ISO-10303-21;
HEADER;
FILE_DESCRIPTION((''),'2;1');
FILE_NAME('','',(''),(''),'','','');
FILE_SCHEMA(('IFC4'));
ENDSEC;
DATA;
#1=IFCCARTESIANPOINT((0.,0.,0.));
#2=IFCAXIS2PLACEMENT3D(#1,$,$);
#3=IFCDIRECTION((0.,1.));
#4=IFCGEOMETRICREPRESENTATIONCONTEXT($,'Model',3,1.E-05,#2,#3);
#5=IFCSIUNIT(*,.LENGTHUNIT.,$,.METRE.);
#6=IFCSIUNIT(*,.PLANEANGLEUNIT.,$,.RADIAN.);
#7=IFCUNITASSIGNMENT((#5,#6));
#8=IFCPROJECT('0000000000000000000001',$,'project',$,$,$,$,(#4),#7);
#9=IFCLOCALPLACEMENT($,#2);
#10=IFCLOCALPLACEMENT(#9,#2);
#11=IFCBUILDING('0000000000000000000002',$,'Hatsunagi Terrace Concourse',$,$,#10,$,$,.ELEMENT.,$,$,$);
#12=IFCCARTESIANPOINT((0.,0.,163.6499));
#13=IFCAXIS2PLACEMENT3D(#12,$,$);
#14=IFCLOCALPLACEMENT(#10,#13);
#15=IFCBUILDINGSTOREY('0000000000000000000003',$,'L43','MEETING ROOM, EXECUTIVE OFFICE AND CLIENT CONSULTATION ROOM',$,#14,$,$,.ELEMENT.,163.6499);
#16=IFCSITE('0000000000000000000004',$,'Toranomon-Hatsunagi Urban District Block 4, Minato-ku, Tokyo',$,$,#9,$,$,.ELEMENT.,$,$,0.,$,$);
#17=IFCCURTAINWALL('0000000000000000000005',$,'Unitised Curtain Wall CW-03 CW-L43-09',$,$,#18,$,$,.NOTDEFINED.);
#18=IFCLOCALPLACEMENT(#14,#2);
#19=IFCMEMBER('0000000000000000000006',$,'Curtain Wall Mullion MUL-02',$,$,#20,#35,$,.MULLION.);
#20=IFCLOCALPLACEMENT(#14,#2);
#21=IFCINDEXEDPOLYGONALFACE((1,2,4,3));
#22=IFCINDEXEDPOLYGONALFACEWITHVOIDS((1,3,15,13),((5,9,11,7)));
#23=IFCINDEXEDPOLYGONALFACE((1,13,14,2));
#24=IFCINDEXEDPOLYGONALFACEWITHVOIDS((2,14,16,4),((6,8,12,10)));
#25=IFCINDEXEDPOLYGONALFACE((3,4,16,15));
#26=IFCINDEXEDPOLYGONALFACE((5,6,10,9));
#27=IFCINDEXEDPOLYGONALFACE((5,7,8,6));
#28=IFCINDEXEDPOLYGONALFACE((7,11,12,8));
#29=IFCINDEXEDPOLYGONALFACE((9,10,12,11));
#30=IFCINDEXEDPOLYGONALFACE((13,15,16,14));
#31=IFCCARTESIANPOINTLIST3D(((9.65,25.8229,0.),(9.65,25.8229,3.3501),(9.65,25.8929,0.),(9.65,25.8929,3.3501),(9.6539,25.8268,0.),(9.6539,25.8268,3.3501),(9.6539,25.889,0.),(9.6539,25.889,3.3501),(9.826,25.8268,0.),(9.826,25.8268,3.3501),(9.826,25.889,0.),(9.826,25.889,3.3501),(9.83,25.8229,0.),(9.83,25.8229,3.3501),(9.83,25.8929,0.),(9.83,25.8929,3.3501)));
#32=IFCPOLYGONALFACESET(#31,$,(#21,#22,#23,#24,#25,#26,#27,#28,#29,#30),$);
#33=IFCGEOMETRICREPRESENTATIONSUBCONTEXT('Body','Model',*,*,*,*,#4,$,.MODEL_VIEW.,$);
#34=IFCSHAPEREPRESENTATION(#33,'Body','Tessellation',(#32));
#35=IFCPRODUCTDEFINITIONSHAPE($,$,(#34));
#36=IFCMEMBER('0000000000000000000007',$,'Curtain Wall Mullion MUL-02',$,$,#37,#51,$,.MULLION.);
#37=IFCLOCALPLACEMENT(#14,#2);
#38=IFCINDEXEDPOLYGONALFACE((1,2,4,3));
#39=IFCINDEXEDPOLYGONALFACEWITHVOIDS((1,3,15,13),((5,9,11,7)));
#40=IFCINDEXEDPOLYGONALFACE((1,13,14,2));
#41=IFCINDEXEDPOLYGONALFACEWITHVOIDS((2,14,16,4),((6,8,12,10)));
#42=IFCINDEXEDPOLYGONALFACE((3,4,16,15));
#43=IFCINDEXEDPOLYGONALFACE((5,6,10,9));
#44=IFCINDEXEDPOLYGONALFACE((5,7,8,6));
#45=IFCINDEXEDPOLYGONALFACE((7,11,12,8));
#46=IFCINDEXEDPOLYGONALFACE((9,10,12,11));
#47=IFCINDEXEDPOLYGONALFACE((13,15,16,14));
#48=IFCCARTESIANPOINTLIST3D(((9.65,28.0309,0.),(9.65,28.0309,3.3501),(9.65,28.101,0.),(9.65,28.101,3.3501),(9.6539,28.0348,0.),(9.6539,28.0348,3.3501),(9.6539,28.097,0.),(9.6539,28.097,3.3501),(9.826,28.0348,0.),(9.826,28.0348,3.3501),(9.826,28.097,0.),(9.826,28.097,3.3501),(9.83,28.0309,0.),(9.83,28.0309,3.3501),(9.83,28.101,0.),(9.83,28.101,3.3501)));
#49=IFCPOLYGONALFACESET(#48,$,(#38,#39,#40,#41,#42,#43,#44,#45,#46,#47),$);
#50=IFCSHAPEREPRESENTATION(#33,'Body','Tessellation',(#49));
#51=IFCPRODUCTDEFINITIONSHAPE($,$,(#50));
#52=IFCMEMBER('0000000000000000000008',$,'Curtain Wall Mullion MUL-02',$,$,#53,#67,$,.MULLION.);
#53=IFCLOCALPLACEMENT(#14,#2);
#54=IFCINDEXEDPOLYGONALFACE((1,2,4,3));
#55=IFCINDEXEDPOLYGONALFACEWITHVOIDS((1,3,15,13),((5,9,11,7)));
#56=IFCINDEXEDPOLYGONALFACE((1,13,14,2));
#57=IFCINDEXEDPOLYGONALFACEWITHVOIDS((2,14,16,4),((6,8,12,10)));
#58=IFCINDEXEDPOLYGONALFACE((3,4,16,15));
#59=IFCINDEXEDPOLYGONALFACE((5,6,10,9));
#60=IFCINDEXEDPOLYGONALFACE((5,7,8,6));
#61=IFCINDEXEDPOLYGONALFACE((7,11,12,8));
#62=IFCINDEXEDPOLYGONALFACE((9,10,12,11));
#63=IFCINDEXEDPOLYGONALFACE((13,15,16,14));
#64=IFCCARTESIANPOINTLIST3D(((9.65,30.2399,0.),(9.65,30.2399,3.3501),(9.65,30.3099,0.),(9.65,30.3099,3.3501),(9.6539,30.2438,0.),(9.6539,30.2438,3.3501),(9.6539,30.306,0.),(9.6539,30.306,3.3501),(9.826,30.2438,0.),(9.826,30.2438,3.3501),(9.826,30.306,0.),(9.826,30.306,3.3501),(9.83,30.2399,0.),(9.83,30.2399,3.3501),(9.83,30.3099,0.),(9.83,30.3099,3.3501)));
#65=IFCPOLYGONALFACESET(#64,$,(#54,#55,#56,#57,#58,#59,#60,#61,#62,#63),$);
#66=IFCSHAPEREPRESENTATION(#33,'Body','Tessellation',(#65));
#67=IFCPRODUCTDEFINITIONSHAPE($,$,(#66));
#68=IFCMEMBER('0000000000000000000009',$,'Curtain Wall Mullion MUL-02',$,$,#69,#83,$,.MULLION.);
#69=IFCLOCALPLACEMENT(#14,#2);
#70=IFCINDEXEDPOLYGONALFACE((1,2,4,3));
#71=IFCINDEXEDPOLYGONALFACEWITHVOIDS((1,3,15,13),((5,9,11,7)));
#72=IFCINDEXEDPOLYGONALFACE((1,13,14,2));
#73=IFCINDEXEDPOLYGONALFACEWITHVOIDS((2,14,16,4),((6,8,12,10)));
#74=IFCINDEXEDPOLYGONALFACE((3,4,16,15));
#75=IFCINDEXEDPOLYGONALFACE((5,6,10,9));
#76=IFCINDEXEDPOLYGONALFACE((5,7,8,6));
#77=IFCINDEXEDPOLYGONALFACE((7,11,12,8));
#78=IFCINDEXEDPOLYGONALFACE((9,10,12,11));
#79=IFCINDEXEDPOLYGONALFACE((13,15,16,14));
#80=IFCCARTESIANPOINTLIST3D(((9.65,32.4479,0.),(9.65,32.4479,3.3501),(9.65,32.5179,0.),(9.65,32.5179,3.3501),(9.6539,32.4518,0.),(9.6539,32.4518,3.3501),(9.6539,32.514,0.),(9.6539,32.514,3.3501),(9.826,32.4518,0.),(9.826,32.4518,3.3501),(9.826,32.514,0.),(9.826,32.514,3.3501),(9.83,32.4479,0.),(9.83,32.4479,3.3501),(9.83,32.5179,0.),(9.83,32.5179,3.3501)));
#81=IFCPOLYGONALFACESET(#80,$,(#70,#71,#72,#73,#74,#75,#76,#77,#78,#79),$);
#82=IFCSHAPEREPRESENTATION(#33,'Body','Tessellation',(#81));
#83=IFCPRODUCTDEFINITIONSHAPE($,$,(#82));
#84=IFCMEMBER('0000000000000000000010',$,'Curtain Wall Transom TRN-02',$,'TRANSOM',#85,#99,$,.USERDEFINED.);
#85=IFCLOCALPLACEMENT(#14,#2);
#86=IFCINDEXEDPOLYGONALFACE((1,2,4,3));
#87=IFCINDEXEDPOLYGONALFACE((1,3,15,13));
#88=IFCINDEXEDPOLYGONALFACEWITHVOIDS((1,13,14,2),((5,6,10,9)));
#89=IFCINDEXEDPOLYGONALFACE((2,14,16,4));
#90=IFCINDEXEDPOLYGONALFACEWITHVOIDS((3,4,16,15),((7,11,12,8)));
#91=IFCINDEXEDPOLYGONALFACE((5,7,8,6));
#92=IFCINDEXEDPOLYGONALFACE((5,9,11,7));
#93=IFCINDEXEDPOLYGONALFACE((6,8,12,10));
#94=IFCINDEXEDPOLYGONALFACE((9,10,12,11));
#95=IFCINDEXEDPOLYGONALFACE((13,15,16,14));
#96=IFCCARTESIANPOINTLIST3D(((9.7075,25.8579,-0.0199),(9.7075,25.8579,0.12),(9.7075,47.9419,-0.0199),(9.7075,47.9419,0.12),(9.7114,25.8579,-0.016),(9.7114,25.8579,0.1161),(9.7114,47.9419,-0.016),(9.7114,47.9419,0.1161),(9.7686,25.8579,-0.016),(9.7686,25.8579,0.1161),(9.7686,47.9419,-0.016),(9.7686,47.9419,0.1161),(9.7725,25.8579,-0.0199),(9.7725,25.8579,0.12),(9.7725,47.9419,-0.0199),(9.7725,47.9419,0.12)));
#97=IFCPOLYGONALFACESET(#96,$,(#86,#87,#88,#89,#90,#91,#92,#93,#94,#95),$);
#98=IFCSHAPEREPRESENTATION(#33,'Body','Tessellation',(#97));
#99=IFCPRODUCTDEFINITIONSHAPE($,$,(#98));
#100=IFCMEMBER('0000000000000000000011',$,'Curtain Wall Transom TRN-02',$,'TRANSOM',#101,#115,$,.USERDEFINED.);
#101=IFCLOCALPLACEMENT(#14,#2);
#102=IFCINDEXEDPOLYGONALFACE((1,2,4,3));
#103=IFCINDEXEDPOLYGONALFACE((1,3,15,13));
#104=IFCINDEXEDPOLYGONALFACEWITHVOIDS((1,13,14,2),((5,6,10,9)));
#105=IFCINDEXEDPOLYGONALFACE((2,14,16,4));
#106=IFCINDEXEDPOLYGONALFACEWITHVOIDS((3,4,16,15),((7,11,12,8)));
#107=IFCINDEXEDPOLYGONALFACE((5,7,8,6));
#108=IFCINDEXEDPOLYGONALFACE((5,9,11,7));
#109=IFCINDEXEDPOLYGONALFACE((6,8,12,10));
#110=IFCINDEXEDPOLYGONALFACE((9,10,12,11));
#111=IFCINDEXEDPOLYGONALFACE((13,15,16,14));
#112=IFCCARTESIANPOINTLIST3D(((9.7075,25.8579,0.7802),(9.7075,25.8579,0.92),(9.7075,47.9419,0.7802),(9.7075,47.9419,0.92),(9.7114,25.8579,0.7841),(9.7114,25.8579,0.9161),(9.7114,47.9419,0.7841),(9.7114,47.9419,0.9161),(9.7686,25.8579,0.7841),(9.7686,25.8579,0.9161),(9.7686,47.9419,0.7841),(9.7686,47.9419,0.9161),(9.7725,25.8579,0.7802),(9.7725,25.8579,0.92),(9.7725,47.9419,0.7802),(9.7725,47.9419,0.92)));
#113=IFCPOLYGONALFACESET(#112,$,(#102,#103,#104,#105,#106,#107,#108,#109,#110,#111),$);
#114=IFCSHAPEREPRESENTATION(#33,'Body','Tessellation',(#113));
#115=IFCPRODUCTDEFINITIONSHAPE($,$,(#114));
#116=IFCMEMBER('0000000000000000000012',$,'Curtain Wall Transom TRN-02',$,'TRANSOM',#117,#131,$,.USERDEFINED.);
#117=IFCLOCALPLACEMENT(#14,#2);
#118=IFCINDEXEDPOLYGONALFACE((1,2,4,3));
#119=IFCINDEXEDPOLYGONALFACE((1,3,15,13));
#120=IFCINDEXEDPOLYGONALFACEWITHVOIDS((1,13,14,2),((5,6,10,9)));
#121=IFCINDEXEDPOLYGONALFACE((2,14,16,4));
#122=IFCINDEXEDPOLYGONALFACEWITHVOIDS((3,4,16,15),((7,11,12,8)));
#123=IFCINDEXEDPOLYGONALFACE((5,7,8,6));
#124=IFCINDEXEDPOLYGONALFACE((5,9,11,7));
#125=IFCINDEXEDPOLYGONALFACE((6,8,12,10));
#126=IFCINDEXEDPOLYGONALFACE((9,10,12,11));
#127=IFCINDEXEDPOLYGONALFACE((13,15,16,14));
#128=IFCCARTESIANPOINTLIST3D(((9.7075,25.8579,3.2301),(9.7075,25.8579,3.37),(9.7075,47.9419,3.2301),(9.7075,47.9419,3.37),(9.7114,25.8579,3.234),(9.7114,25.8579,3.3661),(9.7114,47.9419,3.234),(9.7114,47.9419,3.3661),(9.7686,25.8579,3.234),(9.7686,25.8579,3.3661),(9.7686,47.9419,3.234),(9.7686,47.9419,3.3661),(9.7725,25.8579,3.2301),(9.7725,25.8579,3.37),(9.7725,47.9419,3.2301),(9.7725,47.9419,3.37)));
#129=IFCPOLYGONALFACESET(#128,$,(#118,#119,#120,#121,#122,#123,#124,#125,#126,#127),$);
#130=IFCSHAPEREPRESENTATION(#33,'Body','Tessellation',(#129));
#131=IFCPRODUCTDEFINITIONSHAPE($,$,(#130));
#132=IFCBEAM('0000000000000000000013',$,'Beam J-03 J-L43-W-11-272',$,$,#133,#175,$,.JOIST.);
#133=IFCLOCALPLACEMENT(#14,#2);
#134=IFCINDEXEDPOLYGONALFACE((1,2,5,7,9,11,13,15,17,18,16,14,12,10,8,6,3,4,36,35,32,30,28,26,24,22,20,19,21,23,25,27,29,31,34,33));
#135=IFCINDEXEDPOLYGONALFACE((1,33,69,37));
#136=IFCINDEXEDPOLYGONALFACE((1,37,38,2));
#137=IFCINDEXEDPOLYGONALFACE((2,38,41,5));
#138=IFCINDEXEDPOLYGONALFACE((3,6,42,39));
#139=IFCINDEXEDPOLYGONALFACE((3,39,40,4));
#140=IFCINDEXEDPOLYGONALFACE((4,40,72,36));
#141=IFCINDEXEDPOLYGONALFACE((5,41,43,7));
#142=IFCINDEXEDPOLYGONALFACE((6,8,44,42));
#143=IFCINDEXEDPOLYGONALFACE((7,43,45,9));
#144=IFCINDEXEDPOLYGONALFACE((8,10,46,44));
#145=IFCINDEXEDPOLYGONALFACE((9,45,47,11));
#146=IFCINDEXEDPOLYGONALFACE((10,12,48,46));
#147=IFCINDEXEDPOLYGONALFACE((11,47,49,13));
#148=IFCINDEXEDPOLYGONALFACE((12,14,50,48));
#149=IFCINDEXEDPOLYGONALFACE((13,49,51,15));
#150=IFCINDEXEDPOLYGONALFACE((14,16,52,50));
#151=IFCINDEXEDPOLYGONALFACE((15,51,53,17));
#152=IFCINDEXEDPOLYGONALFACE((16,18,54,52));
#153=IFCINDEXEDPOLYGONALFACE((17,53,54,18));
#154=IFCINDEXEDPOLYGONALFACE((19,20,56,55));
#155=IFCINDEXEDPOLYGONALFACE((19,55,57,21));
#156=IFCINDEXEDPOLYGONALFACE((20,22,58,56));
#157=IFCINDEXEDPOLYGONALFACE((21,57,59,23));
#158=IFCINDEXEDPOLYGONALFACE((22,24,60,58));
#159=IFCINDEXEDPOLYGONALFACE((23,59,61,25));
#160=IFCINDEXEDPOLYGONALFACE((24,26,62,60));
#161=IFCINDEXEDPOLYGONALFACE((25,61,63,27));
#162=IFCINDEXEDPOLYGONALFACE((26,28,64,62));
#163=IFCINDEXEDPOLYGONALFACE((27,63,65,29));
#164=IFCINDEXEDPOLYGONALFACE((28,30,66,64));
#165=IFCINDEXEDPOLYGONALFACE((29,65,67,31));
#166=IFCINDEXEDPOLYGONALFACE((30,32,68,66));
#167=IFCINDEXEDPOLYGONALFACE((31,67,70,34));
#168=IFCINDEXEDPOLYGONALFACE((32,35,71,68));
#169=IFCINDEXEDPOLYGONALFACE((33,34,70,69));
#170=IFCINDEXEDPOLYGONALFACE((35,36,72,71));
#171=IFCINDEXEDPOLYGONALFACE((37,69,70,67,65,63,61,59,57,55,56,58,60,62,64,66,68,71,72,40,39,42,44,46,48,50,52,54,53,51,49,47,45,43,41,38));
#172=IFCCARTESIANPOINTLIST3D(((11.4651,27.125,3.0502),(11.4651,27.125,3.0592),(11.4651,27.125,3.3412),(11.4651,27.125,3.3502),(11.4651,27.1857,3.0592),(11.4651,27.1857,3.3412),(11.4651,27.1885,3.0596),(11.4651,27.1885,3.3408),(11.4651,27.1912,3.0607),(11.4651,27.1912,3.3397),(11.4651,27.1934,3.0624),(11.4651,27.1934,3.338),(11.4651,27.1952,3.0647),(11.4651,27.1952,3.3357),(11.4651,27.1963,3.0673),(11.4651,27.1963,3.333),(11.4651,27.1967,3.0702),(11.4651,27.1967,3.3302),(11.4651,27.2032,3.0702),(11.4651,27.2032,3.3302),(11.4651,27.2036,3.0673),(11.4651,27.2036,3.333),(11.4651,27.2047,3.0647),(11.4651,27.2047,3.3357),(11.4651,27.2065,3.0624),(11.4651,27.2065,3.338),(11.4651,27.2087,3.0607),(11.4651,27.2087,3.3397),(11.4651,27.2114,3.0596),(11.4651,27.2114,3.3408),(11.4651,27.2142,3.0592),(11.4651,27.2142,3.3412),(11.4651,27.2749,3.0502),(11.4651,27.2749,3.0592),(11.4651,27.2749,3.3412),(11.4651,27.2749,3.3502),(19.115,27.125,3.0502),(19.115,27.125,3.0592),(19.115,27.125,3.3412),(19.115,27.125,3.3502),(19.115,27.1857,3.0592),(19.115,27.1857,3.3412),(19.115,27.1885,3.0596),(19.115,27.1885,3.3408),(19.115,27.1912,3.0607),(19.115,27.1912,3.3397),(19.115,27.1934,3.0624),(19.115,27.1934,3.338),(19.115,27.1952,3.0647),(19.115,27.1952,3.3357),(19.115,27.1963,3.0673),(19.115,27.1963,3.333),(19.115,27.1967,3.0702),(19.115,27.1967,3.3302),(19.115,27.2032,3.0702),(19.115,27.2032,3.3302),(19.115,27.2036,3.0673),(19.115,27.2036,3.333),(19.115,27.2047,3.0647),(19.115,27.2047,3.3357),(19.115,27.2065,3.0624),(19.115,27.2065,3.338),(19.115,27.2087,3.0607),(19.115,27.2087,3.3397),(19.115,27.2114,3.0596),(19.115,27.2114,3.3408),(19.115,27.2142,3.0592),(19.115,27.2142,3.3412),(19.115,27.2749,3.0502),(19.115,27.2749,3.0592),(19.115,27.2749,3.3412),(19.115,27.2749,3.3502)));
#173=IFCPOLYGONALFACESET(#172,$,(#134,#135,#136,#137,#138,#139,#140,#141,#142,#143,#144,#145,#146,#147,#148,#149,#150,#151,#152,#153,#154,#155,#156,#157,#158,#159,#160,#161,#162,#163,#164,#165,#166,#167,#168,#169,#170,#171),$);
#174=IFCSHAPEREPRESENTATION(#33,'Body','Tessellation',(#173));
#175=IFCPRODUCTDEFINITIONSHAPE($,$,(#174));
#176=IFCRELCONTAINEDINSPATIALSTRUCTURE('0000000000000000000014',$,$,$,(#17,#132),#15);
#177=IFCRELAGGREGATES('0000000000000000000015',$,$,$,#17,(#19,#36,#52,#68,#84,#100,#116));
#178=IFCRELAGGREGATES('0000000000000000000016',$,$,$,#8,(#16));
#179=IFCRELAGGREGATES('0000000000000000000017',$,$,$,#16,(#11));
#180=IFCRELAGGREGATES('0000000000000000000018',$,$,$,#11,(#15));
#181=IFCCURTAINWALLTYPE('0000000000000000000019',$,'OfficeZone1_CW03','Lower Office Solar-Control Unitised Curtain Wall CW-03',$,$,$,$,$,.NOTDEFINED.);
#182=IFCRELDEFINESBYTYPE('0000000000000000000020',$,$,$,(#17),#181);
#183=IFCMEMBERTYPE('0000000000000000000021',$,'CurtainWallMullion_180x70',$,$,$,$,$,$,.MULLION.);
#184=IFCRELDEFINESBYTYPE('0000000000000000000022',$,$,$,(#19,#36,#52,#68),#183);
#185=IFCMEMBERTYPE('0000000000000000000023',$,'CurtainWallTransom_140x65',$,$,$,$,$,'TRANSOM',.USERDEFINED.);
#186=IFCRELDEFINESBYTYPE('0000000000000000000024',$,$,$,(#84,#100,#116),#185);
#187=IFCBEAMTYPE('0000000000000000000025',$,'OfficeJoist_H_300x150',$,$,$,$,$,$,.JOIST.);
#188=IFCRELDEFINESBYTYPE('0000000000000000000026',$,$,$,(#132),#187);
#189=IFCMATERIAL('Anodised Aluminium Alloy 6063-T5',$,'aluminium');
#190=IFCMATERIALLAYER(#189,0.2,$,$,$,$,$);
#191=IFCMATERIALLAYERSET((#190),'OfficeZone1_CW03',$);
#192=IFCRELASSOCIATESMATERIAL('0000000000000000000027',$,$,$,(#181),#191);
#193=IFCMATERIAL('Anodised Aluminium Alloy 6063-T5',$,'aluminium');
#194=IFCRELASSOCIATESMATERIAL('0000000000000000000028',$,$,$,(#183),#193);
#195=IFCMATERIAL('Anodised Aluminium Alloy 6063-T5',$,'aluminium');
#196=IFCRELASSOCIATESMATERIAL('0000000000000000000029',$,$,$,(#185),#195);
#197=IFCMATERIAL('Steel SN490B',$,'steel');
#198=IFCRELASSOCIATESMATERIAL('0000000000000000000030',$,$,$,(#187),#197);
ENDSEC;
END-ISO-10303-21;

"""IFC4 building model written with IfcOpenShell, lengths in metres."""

from ifc_helpers import new_model, si_unit, direction, frame, origin, origin_2d, place, context, subcontext, project, spatial, hollow_rectangle, i_section, extrude, material, layer, layer_set, material_profile, profile_set, type_object, element, aggregate, save


model = new_model("IFC4")

# Units and contexts
model_context = context("Model", 3, precision=1e-05, world=origin(), true_north=direction((0.0, 1.0)))
body_context = subcontext(model_context, "Body", "Model", "MODEL_VIEW")
ifc_project = project(units=[si_unit("LENGTHUNIT", "METRE"), si_unit("PLANEANGLEUNIT", "RADIAN")], contexts=[model_context])

# Site, building, storey
site_placement = place(None, origin())
site = spatial("IfcSite", under=ifc_project, at=site_placement, Name="Toranomon-Hatsunagi Urban District Block 4, Minato-ku, Tokyo", CompositionType="ELEMENT", RefElevation=0.0)
building_placement = place(site_placement, origin())
building = spatial("IfcBuilding", under=site, at=building_placement, Name="Hatsunagi Terrace Concourse", CompositionType="ELEMENT")
storey_placement = place(building_placement, frame((0.0, 0.0, 163.6499)))
storey = spatial("IfcBuildingStorey", under=building, at=storey_placement, Name="L43", Description="MEETING ROOM, EXECUTIVE OFFICE AND CLIENT CONSULTATION ROOM", CompositionType="ELEMENT", Elevation=163.6499)

# Curtain wall, members
ifc_material_1 = material(Name="Anodised Aluminium Alloy 6063-T5", Category="aluminium")
ifc_layer_1 = layer(ifc_material_1, 0.2)
ifc_layer_set_1 = layer_set([ifc_layer_1], Name="OfficeZone1_CW03")
curtain_wall_type = type_object("IfcCurtainWallType", Name="OfficeZone1_CW03", Description="Lower Office Solar-Control Unitised Curtain Wall CW-03", PredefinedType="NOTDEFINED", material=ifc_layer_set_1)
curtain_wall_placement = place(storey_placement, origin())
curtain_wall = element("IfcCurtainWall", 1, at=curtain_wall_placement, inside=storey, type_object=curtain_wall_type, Name="Unitised Curtain Wall CW-03 CW-L43-09", PredefinedType="NOTDEFINED")
ifc_material_2 = material(Name="Anodised Aluminium Alloy 6063-T5", Category="aluminium")
ifc_material_profile_1 = material_profile(ifc_material_2, hollow_rectangle(XDim=0.0701, YDim=0.1799, WallThickness=0.0039, at=origin_2d()), Name="ALU-MUL-180x70x4")
ifc_profile_set_1 = profile_set([ifc_material_profile_1], Name="Anodised Aluminium Alloy 6063-T5")
member_type_1 = type_object("IfcMemberType", Name="CurtainWallMullion_180x70", PredefinedType="MULLION", material=ifc_profile_set_1)
member_1_placement = place(storey_placement, frame((9.74, 25.8579, 0.0), z_axis=(0.0, 0.0, 1.0), x_axis=(0.0, 1.0, 0.0)))
member_1 = element("IfcMember", 2, at=member_1_placement, type_object=member_type_1, Name="Curtain Wall Mullion MUL-02", PredefinedType="MULLION", context=body_context, shape_type="SweptSolid", body=[
    extrude(hollow_rectangle(XDim=0.0701, YDim=0.1799, WallThickness=0.0039, at=origin_2d()), origin(), (0.0, 0.0, 1.0), 3.3501),
])
member_2_placement = place(storey_placement, frame((9.74, 28.0659, 0.0), z_axis=(0.0, 0.0, 1.0), x_axis=(0.0, 1.0, 0.0)))
member_2 = element("IfcMember", 3, at=member_2_placement, type_object=member_type_1, Name="Curtain Wall Mullion MUL-02", PredefinedType="MULLION", context=body_context, shape_type="SweptSolid", body=[
    extrude(hollow_rectangle(XDim=0.0701, YDim=0.1799, WallThickness=0.0039, at=origin_2d()), origin(), (0.0, 0.0, 1.0), 3.3501),
])
member_3_placement = place(storey_placement, frame((9.74, 30.2749, 0.0), z_axis=(0.0, 0.0, 1.0), x_axis=(0.0, 1.0, 0.0)))
member_3 = element("IfcMember", 4, at=member_3_placement, type_object=member_type_1, Name="Curtain Wall Mullion MUL-02", PredefinedType="MULLION", context=body_context, shape_type="SweptSolid", body=[
    extrude(hollow_rectangle(XDim=0.0701, YDim=0.1799, WallThickness=0.0039, at=origin_2d()), origin(), (0.0, 0.0, 1.0), 3.3501),
])
member_4_placement = place(storey_placement, frame((9.74, 32.4829, 0.0), z_axis=(0.0, 0.0, 1.0), x_axis=(0.0, 1.0, 0.0)))
member_4 = element("IfcMember", 5, at=member_4_placement, type_object=member_type_1, Name="Curtain Wall Mullion MUL-02", PredefinedType="MULLION", context=body_context, shape_type="SweptSolid", body=[
    extrude(hollow_rectangle(XDim=0.0701, YDim=0.1799, WallThickness=0.0039, at=origin_2d()), origin(), (0.0, 0.0, 1.0), 3.3501),
])
ifc_material_3 = material(Name="Anodised Aluminium Alloy 6063-T5", Category="aluminium")
ifc_material_profile_2 = material_profile(ifc_material_3, hollow_rectangle(XDim=0.0649, YDim=0.1399, WallThickness=0.0039, at=origin_2d()), Name="ALU-TRN-140x65x4")
ifc_profile_set_2 = profile_set([ifc_material_profile_2], Name="Anodised Aluminium Alloy 6063-T5")
member_type_2 = type_object("IfcMemberType", Name="CurtainWallTransom_140x65", ElementType="TRANSOM", PredefinedType="USERDEFINED", material=ifc_profile_set_2)
member_5_placement = place(storey_placement, frame((9.74, 25.8579, 0.05), z_axis=(0.0, 1.0, 0.0), x_axis=(-1.0, 0.0, 0.0)))
member_5 = element("IfcMember", 6, at=member_5_placement, type_object=member_type_2, Name="Curtain Wall Transom TRN-02", ObjectType="TRANSOM", PredefinedType="USERDEFINED", context=body_context, shape_type="SweptSolid", body=[
    extrude(hollow_rectangle(XDim=0.0649, YDim=0.1399, WallThickness=0.0039, at=origin_2d()), origin(), (0.0, 0.0, 1.0), 22.084),
])
member_6_placement = place(storey_placement, frame((9.74, 25.8579, 0.8501), z_axis=(0.0, 1.0, 0.0), x_axis=(-1.0, 0.0, 0.0)))
member_6 = element("IfcMember", 7, at=member_6_placement, type_object=member_type_2, Name="Curtain Wall Transom TRN-02", ObjectType="TRANSOM", PredefinedType="USERDEFINED", context=body_context, shape_type="SweptSolid", body=[
    extrude(hollow_rectangle(XDim=0.0649, YDim=0.1399, WallThickness=0.0039, at=origin_2d()), origin(), (0.0, 0.0, 1.0), 22.084),
])
member_7_placement = place(storey_placement, frame((9.74, 25.8579, 3.3), z_axis=(0.0, 1.0, 0.0), x_axis=(-1.0, 0.0, 0.0)))
member_7 = element("IfcMember", 8, at=member_7_placement, type_object=member_type_2, Name="Curtain Wall Transom TRN-02", ObjectType="TRANSOM", PredefinedType="USERDEFINED", context=body_context, shape_type="SweptSolid", body=[
    extrude(hollow_rectangle(XDim=0.0649, YDim=0.1399, WallThickness=0.0039, at=origin_2d()), origin(), (0.0, 0.0, 1.0), 22.084),
])

# Beam
ifc_material_4 = material(Name="Steel SN490B", Category="steel")
ifc_material_profile_3 = material_profile(ifc_material_4, i_section(OverallWidth=0.1499, OverallDepth=0.3, WebThickness=0.0066, FlangeThickness=0.009, FilletRadius=0.011, at=origin_2d()), Name="H-300x150x6.5x9")
ifc_profile_set_3 = profile_set([ifc_material_profile_3], Name="Steel SN490B")
beam_type_1 = type_object("IfcBeamType", Name="OfficeJoist_H_300x150", PredefinedType="JOIST", material=ifc_profile_set_3)
for number, where, z_axis, x_axis, name in (
    (9, (11.4651, 27.2, 3.2002), (1.0, 0.0, 0.0), (0.0, 1.0, 0.0), "Beam J-03 J-L43-W-11-272"),
):
    element("IfcBeam", number, at=place(storey_placement, frame(where, z_axis=z_axis, x_axis=x_axis)), inside=storey, type_object=beam_type_1, Name=name, PredefinedType="JOIST", context=body_context, shape_type="SweptSolid", body=[
        extrude(i_section(OverallWidth=0.1499, OverallDepth=0.3, WebThickness=0.0066, FlangeThickness=0.009, FilletRadius=0.011, at=origin_2d()), origin(), (0.0, 0.0, 1.0), 7.6499),
    ])

aggregate(curtain_wall, [member_1, member_2, member_3, member_4, member_5, member_6, member_7])

save(model, "model.ifc")
